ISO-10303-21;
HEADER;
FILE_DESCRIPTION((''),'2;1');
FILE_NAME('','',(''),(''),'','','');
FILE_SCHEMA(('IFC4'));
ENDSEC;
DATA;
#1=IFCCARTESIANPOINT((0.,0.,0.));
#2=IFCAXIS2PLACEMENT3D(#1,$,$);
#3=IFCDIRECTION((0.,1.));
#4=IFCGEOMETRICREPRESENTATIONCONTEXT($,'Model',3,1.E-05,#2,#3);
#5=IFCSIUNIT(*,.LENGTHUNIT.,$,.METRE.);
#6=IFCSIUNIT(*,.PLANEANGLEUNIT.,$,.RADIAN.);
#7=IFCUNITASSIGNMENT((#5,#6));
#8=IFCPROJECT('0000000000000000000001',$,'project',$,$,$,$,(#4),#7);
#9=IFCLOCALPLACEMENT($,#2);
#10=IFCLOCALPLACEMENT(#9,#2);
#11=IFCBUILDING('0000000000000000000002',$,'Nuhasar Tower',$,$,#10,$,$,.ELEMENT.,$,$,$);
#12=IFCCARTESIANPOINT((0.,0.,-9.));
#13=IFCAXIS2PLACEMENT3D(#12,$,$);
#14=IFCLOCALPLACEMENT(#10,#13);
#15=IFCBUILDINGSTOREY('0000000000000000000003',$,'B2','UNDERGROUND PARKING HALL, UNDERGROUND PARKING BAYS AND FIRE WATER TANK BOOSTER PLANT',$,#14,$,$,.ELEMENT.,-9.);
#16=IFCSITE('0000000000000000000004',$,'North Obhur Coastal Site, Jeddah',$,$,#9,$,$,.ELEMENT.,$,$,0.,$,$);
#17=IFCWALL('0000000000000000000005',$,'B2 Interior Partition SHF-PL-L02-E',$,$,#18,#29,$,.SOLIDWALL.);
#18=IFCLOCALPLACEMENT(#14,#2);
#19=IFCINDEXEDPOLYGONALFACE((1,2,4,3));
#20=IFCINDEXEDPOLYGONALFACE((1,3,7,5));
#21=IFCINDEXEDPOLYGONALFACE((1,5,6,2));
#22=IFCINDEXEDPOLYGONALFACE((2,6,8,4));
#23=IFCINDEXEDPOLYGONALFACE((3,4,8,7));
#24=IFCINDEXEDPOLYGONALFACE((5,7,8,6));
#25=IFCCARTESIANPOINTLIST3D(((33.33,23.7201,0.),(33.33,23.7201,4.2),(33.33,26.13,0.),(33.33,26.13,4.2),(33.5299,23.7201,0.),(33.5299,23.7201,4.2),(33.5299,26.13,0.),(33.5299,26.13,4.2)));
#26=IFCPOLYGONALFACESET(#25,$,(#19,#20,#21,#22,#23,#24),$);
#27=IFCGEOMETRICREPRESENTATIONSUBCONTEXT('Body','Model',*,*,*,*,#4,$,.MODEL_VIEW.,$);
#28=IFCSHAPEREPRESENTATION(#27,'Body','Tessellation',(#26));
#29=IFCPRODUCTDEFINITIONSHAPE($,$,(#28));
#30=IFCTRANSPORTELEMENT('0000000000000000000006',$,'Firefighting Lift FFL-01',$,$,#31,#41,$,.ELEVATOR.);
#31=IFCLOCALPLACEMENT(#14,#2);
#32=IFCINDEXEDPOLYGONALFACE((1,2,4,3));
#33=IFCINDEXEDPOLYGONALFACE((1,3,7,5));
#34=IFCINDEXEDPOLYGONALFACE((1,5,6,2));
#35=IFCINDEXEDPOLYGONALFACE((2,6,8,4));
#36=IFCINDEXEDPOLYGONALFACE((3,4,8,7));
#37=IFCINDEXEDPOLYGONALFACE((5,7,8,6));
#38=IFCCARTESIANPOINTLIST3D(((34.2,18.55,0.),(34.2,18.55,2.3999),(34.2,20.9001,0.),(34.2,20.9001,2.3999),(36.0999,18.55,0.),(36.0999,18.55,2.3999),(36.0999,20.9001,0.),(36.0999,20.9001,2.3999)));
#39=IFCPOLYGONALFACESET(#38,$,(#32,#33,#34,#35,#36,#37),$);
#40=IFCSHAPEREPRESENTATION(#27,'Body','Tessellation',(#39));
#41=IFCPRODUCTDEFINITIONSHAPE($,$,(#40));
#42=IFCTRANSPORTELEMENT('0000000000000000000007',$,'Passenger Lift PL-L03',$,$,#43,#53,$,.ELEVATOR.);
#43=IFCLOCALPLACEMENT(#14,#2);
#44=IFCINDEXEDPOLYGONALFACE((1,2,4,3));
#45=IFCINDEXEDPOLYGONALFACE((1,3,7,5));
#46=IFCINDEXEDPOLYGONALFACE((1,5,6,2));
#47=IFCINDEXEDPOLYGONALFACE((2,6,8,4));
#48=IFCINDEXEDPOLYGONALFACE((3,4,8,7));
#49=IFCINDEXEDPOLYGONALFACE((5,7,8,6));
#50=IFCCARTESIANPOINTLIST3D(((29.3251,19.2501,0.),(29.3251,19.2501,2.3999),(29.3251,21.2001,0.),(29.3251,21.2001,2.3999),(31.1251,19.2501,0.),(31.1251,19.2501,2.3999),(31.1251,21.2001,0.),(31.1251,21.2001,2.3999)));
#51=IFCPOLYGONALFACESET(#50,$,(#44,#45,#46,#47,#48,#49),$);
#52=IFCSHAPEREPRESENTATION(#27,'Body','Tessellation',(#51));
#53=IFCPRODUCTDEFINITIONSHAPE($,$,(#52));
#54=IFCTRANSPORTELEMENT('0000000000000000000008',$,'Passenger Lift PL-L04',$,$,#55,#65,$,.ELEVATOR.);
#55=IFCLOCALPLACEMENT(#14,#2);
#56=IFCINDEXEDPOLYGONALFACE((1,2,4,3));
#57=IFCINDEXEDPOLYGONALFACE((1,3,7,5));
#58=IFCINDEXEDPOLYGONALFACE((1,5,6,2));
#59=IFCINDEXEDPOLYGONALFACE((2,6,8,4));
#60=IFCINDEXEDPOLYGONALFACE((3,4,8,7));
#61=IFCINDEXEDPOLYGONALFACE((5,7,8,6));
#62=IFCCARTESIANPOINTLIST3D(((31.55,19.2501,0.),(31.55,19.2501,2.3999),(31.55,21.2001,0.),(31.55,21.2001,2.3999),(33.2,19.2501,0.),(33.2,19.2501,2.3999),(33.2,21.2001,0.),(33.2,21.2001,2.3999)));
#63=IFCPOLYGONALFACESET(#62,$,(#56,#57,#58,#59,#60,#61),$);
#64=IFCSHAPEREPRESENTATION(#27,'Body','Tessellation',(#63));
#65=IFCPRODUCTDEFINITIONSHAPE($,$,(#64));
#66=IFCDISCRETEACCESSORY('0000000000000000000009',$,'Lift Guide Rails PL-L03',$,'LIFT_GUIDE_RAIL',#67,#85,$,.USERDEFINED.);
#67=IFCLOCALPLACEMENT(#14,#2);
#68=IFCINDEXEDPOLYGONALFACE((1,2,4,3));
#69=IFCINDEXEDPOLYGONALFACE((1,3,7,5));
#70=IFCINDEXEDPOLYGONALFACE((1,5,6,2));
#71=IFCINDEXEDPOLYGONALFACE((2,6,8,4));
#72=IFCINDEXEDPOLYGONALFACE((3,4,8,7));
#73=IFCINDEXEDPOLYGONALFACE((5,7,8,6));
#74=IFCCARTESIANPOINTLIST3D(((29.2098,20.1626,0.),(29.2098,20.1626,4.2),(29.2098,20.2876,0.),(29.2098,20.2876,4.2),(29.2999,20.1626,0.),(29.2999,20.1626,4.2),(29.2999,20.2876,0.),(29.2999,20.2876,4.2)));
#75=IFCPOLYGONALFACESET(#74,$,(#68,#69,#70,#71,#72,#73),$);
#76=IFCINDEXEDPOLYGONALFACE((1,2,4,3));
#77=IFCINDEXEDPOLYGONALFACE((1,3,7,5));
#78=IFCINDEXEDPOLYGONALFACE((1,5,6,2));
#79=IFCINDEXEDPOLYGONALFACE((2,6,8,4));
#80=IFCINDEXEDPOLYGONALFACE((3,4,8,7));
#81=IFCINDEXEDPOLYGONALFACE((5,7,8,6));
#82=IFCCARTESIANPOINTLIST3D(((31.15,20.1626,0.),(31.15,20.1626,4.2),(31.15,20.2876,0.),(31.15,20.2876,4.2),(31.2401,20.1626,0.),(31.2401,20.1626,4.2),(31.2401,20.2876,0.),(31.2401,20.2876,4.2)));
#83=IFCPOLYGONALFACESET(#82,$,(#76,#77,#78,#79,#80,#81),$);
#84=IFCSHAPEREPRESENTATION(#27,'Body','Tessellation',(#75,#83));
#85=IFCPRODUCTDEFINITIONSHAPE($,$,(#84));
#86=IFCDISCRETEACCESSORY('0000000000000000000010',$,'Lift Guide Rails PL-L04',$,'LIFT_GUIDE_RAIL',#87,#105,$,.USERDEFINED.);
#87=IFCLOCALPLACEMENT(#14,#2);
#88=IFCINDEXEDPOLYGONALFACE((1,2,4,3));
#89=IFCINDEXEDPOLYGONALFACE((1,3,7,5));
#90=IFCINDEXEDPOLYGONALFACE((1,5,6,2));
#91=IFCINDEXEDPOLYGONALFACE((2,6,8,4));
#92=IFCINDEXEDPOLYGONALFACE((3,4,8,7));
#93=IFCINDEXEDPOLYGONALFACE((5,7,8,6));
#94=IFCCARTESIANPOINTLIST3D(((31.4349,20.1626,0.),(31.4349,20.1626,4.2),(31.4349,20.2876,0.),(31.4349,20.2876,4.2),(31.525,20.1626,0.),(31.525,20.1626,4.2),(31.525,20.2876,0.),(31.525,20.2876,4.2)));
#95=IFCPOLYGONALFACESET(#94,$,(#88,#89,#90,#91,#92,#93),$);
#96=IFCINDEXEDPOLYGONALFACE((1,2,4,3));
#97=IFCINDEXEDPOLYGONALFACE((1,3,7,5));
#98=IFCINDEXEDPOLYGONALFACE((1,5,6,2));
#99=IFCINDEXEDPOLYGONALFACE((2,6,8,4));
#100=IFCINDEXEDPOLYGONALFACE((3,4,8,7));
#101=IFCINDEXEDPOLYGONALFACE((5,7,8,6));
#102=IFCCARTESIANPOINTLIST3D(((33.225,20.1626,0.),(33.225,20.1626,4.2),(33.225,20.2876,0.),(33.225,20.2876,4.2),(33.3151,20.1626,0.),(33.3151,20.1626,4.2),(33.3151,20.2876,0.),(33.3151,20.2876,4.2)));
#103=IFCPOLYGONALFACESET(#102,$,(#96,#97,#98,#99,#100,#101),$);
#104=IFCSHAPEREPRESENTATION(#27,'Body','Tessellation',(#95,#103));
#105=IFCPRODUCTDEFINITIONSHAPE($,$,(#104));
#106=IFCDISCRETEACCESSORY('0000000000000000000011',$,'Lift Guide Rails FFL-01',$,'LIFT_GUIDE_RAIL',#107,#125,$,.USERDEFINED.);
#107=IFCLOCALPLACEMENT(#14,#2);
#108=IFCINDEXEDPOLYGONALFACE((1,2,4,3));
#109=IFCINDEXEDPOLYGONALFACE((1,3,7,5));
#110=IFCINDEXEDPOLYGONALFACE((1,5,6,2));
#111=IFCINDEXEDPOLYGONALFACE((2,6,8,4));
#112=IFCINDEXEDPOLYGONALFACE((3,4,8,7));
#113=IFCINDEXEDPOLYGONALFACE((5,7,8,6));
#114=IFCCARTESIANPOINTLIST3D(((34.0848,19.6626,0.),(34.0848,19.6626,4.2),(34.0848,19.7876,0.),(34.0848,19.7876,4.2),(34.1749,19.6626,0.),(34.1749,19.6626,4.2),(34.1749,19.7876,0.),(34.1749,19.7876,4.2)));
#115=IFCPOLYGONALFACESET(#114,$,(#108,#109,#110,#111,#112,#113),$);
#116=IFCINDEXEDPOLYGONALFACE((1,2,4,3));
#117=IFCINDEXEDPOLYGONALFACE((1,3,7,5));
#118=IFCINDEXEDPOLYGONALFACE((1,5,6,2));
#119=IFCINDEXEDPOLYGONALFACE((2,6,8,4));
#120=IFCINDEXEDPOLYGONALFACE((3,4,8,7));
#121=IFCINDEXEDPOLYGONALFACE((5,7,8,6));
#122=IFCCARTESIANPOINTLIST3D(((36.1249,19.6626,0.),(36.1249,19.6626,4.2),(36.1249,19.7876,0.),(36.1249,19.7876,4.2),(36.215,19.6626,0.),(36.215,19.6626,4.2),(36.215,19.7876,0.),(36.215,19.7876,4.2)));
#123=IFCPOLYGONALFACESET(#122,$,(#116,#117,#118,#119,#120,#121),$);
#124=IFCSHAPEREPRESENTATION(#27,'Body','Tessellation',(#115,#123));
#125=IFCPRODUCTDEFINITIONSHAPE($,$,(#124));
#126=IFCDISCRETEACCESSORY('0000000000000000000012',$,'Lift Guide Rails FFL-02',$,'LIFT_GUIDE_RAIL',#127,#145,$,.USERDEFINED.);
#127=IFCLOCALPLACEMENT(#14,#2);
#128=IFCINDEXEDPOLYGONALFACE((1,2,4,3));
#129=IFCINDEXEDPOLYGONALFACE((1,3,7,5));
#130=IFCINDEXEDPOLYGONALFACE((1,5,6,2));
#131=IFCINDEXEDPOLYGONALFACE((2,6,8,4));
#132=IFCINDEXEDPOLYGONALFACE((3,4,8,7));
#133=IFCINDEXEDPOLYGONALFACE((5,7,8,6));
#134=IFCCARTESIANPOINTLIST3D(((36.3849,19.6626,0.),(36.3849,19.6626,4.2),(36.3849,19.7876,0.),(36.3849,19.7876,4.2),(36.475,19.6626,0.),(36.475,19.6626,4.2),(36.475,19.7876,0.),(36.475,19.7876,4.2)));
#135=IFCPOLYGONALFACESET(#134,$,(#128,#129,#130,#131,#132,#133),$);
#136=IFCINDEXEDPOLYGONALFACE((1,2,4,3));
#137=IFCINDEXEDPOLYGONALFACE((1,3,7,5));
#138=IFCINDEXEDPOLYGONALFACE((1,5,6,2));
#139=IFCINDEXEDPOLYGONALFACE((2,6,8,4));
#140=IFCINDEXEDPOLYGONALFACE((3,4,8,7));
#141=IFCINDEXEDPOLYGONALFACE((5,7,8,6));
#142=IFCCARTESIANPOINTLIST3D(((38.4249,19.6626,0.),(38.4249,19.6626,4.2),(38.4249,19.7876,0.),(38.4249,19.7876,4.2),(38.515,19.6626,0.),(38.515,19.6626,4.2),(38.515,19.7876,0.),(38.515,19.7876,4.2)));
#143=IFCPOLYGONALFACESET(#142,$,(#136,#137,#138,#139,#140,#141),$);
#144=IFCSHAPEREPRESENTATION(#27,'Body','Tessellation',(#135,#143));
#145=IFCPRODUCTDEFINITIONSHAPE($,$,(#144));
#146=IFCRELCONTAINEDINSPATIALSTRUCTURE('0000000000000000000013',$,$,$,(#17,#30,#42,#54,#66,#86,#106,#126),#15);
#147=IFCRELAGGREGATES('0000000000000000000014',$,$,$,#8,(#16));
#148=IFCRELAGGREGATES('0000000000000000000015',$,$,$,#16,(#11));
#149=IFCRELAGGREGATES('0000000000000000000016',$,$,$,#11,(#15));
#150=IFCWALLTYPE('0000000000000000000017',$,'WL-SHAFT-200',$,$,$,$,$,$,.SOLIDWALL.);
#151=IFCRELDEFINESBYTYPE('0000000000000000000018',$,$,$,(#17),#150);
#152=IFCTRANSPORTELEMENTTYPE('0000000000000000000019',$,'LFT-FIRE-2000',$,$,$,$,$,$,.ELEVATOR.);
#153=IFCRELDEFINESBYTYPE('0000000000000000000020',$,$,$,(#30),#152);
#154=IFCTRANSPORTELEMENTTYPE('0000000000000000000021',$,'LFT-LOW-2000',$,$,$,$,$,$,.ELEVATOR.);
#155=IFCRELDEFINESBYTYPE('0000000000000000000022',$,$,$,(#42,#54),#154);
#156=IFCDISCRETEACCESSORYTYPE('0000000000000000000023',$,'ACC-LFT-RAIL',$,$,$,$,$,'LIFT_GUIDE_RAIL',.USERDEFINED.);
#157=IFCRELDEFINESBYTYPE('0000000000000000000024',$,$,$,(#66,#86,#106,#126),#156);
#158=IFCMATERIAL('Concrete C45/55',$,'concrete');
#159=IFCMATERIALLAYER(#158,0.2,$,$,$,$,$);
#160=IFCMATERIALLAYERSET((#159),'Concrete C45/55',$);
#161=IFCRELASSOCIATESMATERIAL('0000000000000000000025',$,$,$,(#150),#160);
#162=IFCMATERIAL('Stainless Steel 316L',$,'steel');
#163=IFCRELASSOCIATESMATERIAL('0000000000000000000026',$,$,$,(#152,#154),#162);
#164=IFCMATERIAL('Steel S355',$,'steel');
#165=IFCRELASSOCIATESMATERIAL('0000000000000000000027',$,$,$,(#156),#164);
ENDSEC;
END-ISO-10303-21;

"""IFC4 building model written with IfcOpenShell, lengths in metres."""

from ifc_helpers import new_model, si_unit, direction, frame, frame_2d, origin, origin_2d, place, context, subcontext, project, spatial, rectangle, extrude, material, layer, layer_set, type_object, element, save


model = new_model("IFC4")

# Units and contexts
model_context = context("Model", 3, precision=1e-05, world=origin(), true_north=direction((0.0, 1.0)))
body_context = subcontext(model_context, "Body", "Model", "MODEL_VIEW")
ifc_project = project(units=[si_unit("LENGTHUNIT", "METRE"), si_unit("PLANEANGLEUNIT", "RADIAN")], contexts=[model_context])

# Site, building, storey
site_placement = place(None, origin())
site = spatial("IfcSite", under=ifc_project, at=site_placement, Name="North Obhur Coastal Site, Jeddah", CompositionType="ELEMENT", RefElevation=0.0)
building_placement = place(site_placement, origin())
building = spatial("IfcBuilding", under=site, at=building_placement, Name="Nuhasar Tower", CompositionType="ELEMENT")
storey_placement = place(building_placement, frame((0.0, 0.0, -9.0)))
storey = spatial("IfcBuildingStorey", under=building, at=storey_placement, Name="B2", Description="UNDERGROUND PARKING HALL, UNDERGROUND PARKING BAYS AND FIRE WATER TANK BOOSTER PLANT", CompositionType="ELEMENT", Elevation=-9.0)

# Shared definitions
ifc_material_1 = material(Name="Concrete C45/55", Category="concrete")
ifc_material_2 = material(Name="Steel S355", Category="steel")

# Shared definitions
ifc_layer_1 = layer(ifc_material_1, 0.2)
ifc_layer_set_1 = layer_set([ifc_layer_1], Name="Concrete C45/55")
wall_type_1 = type_object("IfcWallType", Name="WL-SHAFT-200", PredefinedType="SOLIDWALL", material=ifc_layer_set_1)
ifc_material_3 = material(Name="Stainless Steel 316L", Category="steel")

# Wall
wall_1_placement = place(storey_placement, frame((33.4299, 23.72, 0.0), z_axis=(0.0, 0.0, 1.0), x_axis=(0.0, 1.0, 0.0)))
element("IfcWall", 1, at=wall_1_placement, inside=storey, type_object=wall_type_1, Name="B2 Interior Partition SHF-PL-L02-E", PredefinedType="SOLIDWALL", context=body_context, shape_type="SweptSolid", body=[
    extrude(rectangle(XDim=2.4099, YDim=0.2, at=frame_2d((1.2051, 0.0))), origin(), (0.0, 0.0, 1.0), 4.2),
])

# Transport elements
transport_element_type_1 = type_object("IfcTransportElementType", Name="LFT-FIRE-2000", PredefinedType="ELEVATOR", material=ifc_material_3)
transport_element_1_placement = place(storey_placement, frame((35.1499, 19.7251, 0.0), z_axis=(0.0, 0.0, 1.0), x_axis=(1.0, 0.0, 0.0)))
element("IfcTransportElement", 2, at=transport_element_1_placement, inside=storey, type_object=transport_element_type_1, Name="Firefighting Lift FFL-01", PredefinedType="ELEVATOR", context=body_context, shape_type="SweptSolid", body=[
    extrude(rectangle(XDim=1.8999, YDim=2.3501, at=origin_2d()), origin(), (0.0, 0.0, 1.0), 2.3999),
])
transport_element_type_2 = type_object("IfcTransportElementType", Name="LFT-LOW-2000", PredefinedType="ELEVATOR", material=ifc_material_3)
transport_element_2_placement = place(storey_placement, frame((30.2251, 20.2251, 0.0), z_axis=(0.0, 0.0, 1.0), x_axis=(1.0, 0.0, 0.0)))
element("IfcTransportElement", 3, at=transport_element_2_placement, inside=storey, type_object=transport_element_type_2, Name="Passenger Lift PL-L03", PredefinedType="ELEVATOR", context=body_context, shape_type="SweptSolid", body=[
    extrude(rectangle(XDim=1.8, YDim=1.95, at=origin_2d()), origin(), (0.0, 0.0, 1.0), 2.3999),
])
transport_element_3_placement = place(storey_placement, frame((32.375, 20.2251, 0.0), z_axis=(0.0, 0.0, 1.0), x_axis=(1.0, 0.0, 0.0)))
element("IfcTransportElement", 4, at=transport_element_3_placement, inside=storey, type_object=transport_element_type_2, Name="Passenger Lift PL-L04", PredefinedType="ELEVATOR", context=body_context, shape_type="SweptSolid", body=[
    extrude(rectangle(XDim=1.6499, YDim=1.95, at=origin_2d()), origin(), (0.0, 0.0, 1.0), 2.3999),
])

# Discrete accessories
discrete_accessory_type = type_object("IfcDiscreteAccessoryType", Name="ACC-LFT-RAIL", ElementType="LIFT_GUIDE_RAIL", PredefinedType="USERDEFINED", material=ifc_material_2)
discrete_accessory_1_placement = place(storey_placement, frame((29.2549, 20.2251, 2.1001)))
element("IfcDiscreteAccessory", 5, at=discrete_accessory_1_placement, inside=storey, type_object=discrete_accessory_type, Name="Lift Guide Rails PL-L03", ObjectType="LIFT_GUIDE_RAIL", PredefinedType="USERDEFINED", context=body_context, shape_type="SweptSolid", body=[
    extrude(rectangle(XDim=0.0901, YDim=0.125, at=origin_2d()), frame((0.0, 0.0, -2.1001), z_axis=(0.0, 0.0, 1.0), x_axis=(1.0, 0.0, 0.0)), (0.0, 0.0, 1.0), 4.2),
    extrude(rectangle(XDim=0.0901, YDim=0.125, at=origin_2d()), frame((1.9402, 0.0, -2.1001), z_axis=(0.0, 0.0, 1.0), x_axis=(1.0, 0.0, 0.0)), (0.0, 0.0, 1.0), 4.2),
])
discrete_accessory_2_placement = place(storey_placement, frame((31.48, 20.2251, 2.1001)))
element("IfcDiscreteAccessory", 6, at=discrete_accessory_2_placement, inside=storey, type_object=discrete_accessory_type, Name="Lift Guide Rails PL-L04", ObjectType="LIFT_GUIDE_RAIL", PredefinedType="USERDEFINED", context=body_context, shape_type="SweptSolid", body=[
    extrude(rectangle(XDim=0.0901, YDim=0.125, at=origin_2d()), frame((0.0, 0.0, -2.1001), z_axis=(0.0, 0.0, 1.0), x_axis=(1.0, 0.0, 0.0)), (0.0, 0.0, 1.0), 4.2),
    extrude(rectangle(XDim=0.0901, YDim=0.125, at=origin_2d()), frame((1.79, 0.0, -2.1001), z_axis=(0.0, 0.0, 1.0), x_axis=(1.0, 0.0, 0.0)), (0.0, 0.0, 1.0), 4.2),
])
for number, where, name in (
    (7, (34.1299, 19.7251, 2.1001), "Lift Guide Rails FFL-01"),
    (8, (36.4299, 19.7251, 2.1001), "Lift Guide Rails FFL-02"),
):
    element("IfcDiscreteAccessory", number, at=place(storey_placement, frame(where)), inside=storey, type_object=discrete_accessory_type, Name=name, ObjectType="LIFT_GUIDE_RAIL", PredefinedType="USERDEFINED", context=body_context, shape_type="SweptSolid", body=[
        extrude(rectangle(XDim=0.0901, YDim=0.125, at=origin_2d()), frame((0.0, 0.0, -2.1001), z_axis=(0.0, 0.0, 1.0), x_axis=(1.0, 0.0, 0.0)), (0.0, 0.0, 1.0), 4.2),
        extrude(rectangle(XDim=0.0901, YDim=0.125, at=origin_2d()), frame((2.04, 0.0, -2.1001), z_axis=(0.0, 0.0, 1.0), x_axis=(1.0, 0.0, 0.0)), (0.0, 0.0, 1.0), 4.2),
    ])

save(model, "model.ifc")
